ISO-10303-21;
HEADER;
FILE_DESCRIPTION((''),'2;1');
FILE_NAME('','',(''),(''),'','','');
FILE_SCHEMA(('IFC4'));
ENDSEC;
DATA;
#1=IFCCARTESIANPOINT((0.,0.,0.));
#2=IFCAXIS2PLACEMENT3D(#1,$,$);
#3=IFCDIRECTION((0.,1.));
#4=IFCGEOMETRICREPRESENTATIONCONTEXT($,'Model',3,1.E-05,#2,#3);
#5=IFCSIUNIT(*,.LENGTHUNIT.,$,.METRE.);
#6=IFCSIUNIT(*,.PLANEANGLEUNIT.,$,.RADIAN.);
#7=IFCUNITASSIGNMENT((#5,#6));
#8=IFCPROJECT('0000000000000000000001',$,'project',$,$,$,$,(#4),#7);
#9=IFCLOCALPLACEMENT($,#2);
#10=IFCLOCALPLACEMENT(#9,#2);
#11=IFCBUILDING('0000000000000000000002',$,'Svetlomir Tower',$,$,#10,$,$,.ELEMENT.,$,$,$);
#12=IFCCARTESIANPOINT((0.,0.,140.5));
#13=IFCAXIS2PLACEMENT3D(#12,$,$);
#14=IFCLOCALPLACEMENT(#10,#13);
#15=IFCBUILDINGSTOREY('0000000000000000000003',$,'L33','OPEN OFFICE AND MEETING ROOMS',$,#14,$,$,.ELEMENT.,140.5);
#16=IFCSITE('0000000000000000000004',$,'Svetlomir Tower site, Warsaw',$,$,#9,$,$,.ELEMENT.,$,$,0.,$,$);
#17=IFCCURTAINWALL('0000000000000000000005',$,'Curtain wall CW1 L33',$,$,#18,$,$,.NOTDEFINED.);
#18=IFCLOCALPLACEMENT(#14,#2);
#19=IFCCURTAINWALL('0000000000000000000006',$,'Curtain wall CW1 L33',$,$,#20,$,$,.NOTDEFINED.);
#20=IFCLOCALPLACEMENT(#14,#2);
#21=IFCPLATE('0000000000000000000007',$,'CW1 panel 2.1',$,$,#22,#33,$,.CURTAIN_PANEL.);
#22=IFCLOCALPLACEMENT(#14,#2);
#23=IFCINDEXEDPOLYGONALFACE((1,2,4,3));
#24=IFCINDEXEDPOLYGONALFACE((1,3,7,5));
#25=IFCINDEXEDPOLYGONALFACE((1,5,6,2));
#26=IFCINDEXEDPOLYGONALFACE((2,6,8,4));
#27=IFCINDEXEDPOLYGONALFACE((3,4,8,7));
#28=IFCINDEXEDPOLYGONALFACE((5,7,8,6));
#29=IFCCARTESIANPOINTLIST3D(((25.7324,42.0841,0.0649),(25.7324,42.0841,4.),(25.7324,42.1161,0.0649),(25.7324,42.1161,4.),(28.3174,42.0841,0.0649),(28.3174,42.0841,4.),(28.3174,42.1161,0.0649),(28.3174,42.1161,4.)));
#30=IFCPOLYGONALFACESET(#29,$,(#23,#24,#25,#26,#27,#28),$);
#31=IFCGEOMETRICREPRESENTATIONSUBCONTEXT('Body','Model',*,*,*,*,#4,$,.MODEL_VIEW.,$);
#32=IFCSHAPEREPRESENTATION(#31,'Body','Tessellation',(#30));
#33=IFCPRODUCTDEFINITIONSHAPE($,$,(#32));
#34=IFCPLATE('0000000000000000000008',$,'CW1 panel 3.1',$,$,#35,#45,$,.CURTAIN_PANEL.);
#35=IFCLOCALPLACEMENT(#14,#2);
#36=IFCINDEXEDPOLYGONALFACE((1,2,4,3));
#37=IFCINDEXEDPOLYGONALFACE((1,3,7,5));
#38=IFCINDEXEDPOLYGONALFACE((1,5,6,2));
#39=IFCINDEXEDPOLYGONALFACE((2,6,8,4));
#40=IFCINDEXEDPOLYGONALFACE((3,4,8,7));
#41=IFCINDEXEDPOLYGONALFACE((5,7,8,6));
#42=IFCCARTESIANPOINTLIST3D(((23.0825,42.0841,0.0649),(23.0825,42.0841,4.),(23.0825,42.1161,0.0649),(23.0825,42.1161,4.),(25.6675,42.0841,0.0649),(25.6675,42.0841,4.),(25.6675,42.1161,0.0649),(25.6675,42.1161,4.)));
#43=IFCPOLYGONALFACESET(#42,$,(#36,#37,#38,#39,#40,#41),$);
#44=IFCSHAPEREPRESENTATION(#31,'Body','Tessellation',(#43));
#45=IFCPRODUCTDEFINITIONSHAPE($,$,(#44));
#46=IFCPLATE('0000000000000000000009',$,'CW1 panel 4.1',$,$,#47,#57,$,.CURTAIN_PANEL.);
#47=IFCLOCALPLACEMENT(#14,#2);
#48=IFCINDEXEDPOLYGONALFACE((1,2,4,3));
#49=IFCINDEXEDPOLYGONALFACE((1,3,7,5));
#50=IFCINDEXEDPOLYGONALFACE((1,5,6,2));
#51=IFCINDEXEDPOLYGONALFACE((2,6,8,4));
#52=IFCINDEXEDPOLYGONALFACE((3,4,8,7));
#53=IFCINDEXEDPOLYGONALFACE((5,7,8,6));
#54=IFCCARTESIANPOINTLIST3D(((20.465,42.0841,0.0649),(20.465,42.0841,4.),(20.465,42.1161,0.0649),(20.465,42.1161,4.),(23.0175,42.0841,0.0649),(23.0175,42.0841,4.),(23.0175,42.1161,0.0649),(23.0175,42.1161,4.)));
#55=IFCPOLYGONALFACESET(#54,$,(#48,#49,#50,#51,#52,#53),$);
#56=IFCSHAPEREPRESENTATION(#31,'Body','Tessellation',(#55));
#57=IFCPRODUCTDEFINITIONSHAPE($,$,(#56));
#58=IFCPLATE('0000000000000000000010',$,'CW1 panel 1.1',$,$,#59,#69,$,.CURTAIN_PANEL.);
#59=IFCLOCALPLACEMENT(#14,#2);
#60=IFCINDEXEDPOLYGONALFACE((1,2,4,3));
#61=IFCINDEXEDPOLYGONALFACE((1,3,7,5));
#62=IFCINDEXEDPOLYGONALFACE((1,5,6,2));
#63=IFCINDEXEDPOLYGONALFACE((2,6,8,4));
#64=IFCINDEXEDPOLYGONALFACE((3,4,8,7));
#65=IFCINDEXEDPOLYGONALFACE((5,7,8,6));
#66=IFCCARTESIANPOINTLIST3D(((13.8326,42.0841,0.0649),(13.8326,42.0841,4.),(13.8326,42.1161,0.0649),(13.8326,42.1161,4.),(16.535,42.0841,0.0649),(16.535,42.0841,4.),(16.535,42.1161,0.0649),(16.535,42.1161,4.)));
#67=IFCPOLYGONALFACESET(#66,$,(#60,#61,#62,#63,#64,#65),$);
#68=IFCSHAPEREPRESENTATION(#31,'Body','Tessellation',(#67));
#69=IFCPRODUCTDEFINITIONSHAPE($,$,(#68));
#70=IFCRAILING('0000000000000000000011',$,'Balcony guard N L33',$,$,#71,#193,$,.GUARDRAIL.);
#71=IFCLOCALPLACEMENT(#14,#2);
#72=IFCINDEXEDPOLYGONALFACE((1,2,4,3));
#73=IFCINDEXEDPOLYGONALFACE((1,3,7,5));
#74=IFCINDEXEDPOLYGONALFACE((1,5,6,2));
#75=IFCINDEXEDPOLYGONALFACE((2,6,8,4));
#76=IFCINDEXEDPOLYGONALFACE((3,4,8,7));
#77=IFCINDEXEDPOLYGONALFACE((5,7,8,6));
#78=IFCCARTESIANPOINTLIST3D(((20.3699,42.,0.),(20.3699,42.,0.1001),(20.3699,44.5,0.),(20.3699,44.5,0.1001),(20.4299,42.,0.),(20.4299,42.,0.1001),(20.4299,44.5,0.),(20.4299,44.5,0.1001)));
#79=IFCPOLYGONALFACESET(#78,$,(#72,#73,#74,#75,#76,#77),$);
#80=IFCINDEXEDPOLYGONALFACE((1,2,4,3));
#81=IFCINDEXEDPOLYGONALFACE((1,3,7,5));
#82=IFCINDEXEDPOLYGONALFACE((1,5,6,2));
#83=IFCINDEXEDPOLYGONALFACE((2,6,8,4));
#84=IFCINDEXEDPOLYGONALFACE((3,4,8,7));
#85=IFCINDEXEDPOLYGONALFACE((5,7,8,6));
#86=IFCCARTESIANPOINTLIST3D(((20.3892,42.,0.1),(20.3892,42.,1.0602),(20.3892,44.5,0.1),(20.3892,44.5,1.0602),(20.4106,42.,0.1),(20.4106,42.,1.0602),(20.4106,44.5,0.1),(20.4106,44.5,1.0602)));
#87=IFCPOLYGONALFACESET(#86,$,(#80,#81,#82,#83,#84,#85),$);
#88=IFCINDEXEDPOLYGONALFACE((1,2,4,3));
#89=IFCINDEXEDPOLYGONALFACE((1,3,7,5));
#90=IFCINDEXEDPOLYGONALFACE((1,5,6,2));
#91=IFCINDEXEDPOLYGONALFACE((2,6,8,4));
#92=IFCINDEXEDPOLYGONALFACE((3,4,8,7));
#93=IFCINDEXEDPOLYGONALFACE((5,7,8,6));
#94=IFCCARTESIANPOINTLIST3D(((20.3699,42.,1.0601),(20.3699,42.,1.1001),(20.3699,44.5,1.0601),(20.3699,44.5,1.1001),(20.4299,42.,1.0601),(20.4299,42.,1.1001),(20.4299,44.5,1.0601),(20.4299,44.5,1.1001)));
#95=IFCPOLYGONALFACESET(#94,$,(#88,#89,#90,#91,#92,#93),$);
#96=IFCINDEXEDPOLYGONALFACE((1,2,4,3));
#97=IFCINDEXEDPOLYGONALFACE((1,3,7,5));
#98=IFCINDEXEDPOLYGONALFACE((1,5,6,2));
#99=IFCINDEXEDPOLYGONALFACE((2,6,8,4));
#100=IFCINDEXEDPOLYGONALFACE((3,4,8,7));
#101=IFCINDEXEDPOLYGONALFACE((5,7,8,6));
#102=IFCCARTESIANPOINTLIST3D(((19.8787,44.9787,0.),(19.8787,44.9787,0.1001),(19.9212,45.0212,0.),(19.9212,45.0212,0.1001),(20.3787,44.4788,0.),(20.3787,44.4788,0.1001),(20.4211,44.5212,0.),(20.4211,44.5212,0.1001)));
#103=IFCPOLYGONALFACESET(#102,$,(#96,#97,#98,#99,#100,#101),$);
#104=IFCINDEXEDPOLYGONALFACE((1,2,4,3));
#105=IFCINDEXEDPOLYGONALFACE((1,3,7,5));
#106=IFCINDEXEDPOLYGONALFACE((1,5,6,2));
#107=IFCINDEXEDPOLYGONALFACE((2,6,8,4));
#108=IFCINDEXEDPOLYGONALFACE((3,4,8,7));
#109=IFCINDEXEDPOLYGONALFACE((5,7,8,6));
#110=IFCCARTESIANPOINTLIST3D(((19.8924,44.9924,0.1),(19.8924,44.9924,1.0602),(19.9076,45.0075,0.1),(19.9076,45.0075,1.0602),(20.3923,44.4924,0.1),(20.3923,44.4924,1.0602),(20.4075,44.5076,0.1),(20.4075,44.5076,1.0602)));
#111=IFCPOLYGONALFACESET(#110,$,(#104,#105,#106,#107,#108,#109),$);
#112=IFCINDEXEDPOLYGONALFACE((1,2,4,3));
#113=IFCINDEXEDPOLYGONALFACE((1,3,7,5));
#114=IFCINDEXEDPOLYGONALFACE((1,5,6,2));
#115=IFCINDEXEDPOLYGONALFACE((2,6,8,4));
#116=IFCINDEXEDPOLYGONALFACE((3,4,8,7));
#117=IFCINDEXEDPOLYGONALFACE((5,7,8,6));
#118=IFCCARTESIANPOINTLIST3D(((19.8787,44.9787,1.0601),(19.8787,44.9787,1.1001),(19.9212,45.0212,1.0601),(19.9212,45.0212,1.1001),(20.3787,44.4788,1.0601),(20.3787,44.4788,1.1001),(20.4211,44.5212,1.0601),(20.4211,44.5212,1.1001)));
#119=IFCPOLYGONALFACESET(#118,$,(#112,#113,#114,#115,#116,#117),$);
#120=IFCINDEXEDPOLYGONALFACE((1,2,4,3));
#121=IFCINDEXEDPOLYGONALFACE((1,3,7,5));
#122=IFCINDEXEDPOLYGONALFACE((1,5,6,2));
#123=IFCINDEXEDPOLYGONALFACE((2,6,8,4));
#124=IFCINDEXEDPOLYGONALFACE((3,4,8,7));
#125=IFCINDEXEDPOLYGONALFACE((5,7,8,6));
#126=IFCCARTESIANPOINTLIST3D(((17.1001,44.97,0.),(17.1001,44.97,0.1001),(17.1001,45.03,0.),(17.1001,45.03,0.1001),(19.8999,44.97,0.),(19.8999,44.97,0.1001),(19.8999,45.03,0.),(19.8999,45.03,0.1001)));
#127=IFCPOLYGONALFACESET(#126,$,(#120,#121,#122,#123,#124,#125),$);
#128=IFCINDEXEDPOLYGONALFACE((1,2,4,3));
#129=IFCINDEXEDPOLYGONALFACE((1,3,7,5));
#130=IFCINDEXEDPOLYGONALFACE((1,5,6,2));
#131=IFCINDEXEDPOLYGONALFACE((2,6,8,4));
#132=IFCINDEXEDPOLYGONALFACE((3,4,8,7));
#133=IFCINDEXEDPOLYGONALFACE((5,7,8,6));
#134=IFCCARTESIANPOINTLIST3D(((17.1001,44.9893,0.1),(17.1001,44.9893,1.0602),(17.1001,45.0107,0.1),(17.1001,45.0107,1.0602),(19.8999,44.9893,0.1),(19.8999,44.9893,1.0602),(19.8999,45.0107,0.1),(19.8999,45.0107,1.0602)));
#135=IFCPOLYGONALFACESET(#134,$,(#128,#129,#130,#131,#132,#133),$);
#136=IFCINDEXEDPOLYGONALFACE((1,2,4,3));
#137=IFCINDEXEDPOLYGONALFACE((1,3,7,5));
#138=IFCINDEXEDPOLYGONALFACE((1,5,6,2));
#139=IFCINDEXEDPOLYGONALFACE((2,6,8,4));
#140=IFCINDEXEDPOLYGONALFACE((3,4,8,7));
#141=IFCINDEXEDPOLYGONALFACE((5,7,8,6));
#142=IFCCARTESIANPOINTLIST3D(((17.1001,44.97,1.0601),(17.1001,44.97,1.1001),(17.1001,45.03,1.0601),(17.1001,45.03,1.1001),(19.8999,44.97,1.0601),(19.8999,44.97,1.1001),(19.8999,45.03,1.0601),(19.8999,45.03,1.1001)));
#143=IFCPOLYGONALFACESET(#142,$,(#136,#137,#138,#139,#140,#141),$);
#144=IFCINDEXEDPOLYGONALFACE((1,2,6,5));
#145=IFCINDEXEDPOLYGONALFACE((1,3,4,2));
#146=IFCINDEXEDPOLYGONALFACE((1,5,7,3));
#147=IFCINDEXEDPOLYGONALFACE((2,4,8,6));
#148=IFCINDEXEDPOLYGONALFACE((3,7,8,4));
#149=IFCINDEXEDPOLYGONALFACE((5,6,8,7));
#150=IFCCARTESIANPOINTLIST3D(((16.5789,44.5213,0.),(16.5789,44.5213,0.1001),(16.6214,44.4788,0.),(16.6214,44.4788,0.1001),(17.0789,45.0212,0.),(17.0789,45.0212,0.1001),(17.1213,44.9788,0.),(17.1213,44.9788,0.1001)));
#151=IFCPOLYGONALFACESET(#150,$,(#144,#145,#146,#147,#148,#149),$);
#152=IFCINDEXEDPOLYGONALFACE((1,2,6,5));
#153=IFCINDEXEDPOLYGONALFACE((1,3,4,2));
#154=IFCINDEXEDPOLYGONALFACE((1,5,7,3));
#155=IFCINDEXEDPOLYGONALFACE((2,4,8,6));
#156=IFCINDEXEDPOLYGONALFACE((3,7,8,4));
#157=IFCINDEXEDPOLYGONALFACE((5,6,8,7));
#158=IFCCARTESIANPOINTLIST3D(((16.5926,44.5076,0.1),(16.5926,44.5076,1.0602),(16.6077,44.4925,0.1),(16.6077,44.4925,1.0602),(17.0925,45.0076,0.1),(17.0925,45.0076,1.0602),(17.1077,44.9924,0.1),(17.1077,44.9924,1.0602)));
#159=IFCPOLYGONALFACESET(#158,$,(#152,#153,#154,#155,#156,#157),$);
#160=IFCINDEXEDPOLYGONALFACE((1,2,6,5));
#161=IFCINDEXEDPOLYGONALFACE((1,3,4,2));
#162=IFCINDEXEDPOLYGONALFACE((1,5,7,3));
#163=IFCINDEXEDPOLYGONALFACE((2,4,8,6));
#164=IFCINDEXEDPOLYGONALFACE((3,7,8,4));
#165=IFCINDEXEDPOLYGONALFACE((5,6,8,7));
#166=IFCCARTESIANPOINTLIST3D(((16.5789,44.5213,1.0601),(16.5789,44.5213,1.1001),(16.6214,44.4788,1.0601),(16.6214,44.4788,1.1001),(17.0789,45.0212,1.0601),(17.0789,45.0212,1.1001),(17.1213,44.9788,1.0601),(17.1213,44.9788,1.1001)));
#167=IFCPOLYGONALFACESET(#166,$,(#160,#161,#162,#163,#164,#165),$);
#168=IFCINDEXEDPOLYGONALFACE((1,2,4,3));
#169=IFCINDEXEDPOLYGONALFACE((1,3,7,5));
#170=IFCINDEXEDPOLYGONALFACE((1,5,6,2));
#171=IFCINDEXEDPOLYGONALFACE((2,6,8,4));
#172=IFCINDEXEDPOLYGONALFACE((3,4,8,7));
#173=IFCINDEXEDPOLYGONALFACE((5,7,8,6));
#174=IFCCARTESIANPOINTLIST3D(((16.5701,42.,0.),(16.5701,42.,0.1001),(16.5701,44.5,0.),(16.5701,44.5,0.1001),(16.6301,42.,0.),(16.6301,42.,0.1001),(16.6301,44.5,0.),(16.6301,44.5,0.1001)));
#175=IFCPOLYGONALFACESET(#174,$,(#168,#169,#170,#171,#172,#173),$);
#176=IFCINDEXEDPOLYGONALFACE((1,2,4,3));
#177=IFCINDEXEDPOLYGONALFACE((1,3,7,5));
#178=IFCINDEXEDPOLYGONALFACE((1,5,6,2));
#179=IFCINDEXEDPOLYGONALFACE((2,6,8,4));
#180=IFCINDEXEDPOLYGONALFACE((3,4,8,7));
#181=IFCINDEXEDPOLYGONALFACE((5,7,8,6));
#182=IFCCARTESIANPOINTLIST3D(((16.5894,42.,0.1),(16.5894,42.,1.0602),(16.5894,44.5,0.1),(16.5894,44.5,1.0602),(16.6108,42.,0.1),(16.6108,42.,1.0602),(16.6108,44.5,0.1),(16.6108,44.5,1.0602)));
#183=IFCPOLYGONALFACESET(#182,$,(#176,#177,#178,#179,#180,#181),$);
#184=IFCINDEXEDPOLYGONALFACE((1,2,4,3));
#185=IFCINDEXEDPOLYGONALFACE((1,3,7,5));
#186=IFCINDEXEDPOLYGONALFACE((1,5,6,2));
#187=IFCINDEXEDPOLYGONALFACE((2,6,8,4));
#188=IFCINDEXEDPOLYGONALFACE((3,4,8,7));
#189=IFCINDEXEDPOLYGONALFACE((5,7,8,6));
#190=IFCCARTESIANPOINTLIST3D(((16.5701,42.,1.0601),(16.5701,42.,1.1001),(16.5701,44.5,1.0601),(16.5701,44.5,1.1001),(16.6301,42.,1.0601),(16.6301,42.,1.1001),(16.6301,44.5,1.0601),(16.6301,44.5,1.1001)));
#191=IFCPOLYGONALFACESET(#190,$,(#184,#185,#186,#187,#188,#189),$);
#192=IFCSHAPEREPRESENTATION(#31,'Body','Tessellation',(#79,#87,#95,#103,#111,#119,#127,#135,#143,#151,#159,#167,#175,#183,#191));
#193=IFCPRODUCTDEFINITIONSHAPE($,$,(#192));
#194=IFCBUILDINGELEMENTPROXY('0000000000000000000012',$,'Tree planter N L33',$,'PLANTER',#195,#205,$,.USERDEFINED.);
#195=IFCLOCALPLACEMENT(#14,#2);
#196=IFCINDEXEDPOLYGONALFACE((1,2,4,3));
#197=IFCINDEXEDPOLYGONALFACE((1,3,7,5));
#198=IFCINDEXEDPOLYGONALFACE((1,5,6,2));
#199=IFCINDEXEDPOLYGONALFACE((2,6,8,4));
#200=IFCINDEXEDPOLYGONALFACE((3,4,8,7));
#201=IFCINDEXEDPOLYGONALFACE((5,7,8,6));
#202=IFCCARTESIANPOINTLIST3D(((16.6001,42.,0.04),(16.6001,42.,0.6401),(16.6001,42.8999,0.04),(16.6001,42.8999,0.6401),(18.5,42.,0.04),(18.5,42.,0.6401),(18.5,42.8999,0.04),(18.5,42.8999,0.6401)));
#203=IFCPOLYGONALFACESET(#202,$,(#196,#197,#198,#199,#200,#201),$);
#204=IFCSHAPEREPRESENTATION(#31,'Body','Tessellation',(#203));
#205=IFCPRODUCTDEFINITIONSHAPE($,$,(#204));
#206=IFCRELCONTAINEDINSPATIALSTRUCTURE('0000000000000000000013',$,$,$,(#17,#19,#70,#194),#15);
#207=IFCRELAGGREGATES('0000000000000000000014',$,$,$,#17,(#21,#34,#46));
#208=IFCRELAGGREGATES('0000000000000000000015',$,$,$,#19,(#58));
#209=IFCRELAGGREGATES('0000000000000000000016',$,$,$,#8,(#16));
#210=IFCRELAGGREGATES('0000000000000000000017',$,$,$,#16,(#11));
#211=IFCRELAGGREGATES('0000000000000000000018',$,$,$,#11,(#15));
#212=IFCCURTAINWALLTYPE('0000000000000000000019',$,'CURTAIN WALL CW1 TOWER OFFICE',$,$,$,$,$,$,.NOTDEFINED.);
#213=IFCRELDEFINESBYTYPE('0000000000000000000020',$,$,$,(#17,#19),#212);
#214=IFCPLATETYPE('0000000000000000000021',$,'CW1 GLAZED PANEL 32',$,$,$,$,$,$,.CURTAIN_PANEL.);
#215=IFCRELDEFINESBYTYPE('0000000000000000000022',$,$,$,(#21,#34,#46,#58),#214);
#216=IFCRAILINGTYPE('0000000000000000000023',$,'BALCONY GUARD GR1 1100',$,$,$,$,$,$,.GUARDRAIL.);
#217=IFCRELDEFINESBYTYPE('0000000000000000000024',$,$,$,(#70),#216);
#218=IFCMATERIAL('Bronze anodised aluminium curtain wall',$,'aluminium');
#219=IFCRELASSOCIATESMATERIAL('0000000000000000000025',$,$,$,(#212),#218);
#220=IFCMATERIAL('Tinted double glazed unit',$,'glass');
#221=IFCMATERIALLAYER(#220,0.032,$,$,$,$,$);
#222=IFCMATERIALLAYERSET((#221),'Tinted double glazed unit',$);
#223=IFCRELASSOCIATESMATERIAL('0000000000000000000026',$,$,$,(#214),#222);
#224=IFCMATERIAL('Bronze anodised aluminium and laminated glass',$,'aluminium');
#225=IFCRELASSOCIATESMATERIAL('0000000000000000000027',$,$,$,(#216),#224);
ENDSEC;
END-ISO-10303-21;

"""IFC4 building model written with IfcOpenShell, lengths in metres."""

from ifc_helpers import new_model, si_unit, direction, frame, origin, origin_2d, place, context, subcontext, project, spatial, rectangle, extrude, material, layer, layer_set, type_object, element, aggregate, save


model = new_model("IFC4")

# Units and contexts
model_context = context("Model", 3, precision=1e-05, world=origin(), true_north=direction((0.0, 1.0)))
body_context = subcontext(model_context, "Body", "Model", "MODEL_VIEW")
ifc_project = project(units=[si_unit("LENGTHUNIT", "METRE"), si_unit("PLANEANGLEUNIT", "RADIAN")], contexts=[model_context])

# Site, building, storey
site_placement = place(None, origin())
site = spatial("IfcSite", under=ifc_project, at=site_placement, Name="Svetlomir Tower site, Warsaw", CompositionType="ELEMENT", RefElevation=0.0)
building_placement = place(site_placement, origin())
building = spatial("IfcBuilding", under=site, at=building_placement, Name="Svetlomir Tower", CompositionType="ELEMENT")
storey_placement = place(building_placement, frame((0.0, 0.0, 140.5)))
storey = spatial("IfcBuildingStorey", under=building, at=storey_placement, Name="L33", Description="OPEN OFFICE AND MEETING ROOMS", CompositionType="ELEMENT", Elevation=140.5)

# Curtain wall
ifc_material_1 = material(Name="Bronze anodised aluminium curtain wall", Category="aluminium")
curtain_wall_type = type_object("IfcCurtainWallType", Name="CURTAIN WALL CW1 TOWER OFFICE", PredefinedType="NOTDEFINED", material=ifc_material_1)
curtain_wall_1_placement = place(storey_placement, origin())
curtain_wall_1 = element("IfcCurtainWall", 1, at=curtain_wall_1_placement, inside=storey, type_object=curtain_wall_type, Name="Curtain wall CW1 L33", PredefinedType="NOTDEFINED")

# Curtain wall
curtain_wall_2_placement = place(storey_placement, origin())
curtain_wall_2 = element("IfcCurtainWall", 2, at=curtain_wall_2_placement, inside=storey, type_object=curtain_wall_type, Name="Curtain wall CW1 L33", PredefinedType="NOTDEFINED")

# Plates
ifc_material_2 = material(Name="Tinted double glazed unit", Category="glass")
ifc_layer_1 = layer(ifc_material_2, 0.032)
ifc_layer_set_1 = layer_set([ifc_layer_1], Name="Tinted double glazed unit")
plate_type = type_object("IfcPlateType", Name="CW1 GLAZED PANEL 32", PredefinedType="CURTAIN_PANEL", material=ifc_layer_set_1)
plate_1_placement = place(storey_placement, frame((27.0249, 42.1001, 0.0649), z_axis=(0.0, 0.0, 1.0), x_axis=(-1.0, 0.0, 0.0)))
plate_1 = element("IfcPlate", 3, at=plate_1_placement, type_object=plate_type, Name="CW1 panel 2.1", PredefinedType="CURTAIN_PANEL", context=body_context, shape_type="SweptSolid", body=[
    extrude(rectangle(XDim=2.585, YDim=0.032, at=origin_2d()), origin(), (0.0, 0.0, 1.0), 3.9351),
])
plate_2_placement = place(storey_placement, frame((24.375, 42.1001, 0.0649), z_axis=(0.0, 0.0, 1.0), x_axis=(-1.0, 0.0, 0.0)))
plate_2 = element("IfcPlate", 4, at=plate_2_placement, type_object=plate_type, Name="CW1 panel 3.1", PredefinedType="CURTAIN_PANEL", context=body_context, shape_type="SweptSolid", body=[
    extrude(rectangle(XDim=2.585, YDim=0.032, at=origin_2d()), origin(), (0.0, 0.0, 1.0), 3.9351),
])
plate_3_placement = place(storey_placement, frame((21.7412, 42.1001, 0.0649), z_axis=(0.0, 0.0, 1.0), x_axis=(-1.0, 0.0, 0.0)))
plate_3 = element("IfcPlate", 5, at=plate_3_placement, type_object=plate_type, Name="CW1 panel 4.1", PredefinedType="CURTAIN_PANEL", context=body_context, shape_type="SweptSolid", body=[
    extrude(rectangle(XDim=2.5525, YDim=0.032, at=origin_2d()), origin(), (0.0, 0.0, 1.0), 3.9351),
])
aggregate(curtain_wall_1, [plate_1, plate_2, plate_3])
plate_4_placement = place(storey_placement, frame((15.1838, 42.1001, 0.0649), z_axis=(0.0, 0.0, 1.0), x_axis=(-1.0, 0.0, 0.0)))
plate_4 = element("IfcPlate", 6, at=plate_4_placement, type_object=plate_type, Name="CW1 panel 1.1", PredefinedType="CURTAIN_PANEL", context=body_context, shape_type="SweptSolid", body=[
    extrude(rectangle(XDim=2.7024, YDim=0.032, at=origin_2d()), origin(), (0.0, 0.0, 1.0), 3.9351),
])
aggregate(curtain_wall_2, [plate_4])

# Railing
ifc_material_3 = material(Name="Bronze anodised aluminium and laminated glass", Category="aluminium")
railing_type = type_object("IfcRailingType", Name="BALCONY GUARD GR1 1100", PredefinedType="GUARDRAIL", material=ifc_material_3)
railing_placement = place(storey_placement, frame((20.3999, 42.0, 0.0)))
element("IfcRailing", 7, at=railing_placement, inside=storey, type_object=railing_type, Name="Balcony guard N L33", PredefinedType="GUARDRAIL", context=body_context, shape_type="SweptSolid", body=[
    extrude(rectangle(XDim=0.0601, YDim=0.1001, at=origin_2d()), frame((0.0, 0.0, 0.05), z_axis=(0.0, 1.0, 0.0), x_axis=(-1.0, 0.0, 0.0)), (0.0, 0.0, 1.0), 2.5),
    extrude(rectangle(XDim=0.0215, YDim=0.9602, at=origin_2d()), frame((0.0, 0.0, 0.5801), z_axis=(0.0, 1.0, 0.0), x_axis=(-1.0, 0.0, 0.0)), (0.0, 0.0, 1.0), 2.5),
    extrude(rectangle(XDim=0.0601, YDim=0.04, at=origin_2d()), frame((0.0, 0.0, 1.0801), z_axis=(0.0, 1.0, 0.0), x_axis=(-1.0, 0.0, 0.0)), (0.0, 0.0, 1.0), 2.5),
    extrude(rectangle(XDim=0.0601, YDim=0.1001, at=origin_2d()), frame((0.0, 2.5, 0.05), z_axis=(-0.707107, 0.707107, 0.0), x_axis=(-0.707107, -0.707107, 0.0)), (0.0, 0.0, 1.0), 0.707),
    extrude(rectangle(XDim=0.0215, YDim=0.9602, at=origin_2d()), frame((0.0, 2.5, 0.5801), z_axis=(-0.707107, 0.707107, 0.0), x_axis=(-0.707107, -0.707107, 0.0)), (0.0, 0.0, 1.0), 0.707),
    extrude(rectangle(XDim=0.0601, YDim=0.04, at=origin_2d()), frame((0.0, 2.5, 1.0801), z_axis=(-0.707107, 0.707107, 0.0), x_axis=(-0.707107, -0.707107, 0.0)), (0.0, 0.0, 1.0), 0.707),
    extrude(rectangle(XDim=0.0601, YDim=0.1001, at=origin_2d()), frame((-0.5, 3.0, 0.05), z_axis=(-1.0, 0.0, 0.0), x_axis=(0.0, -1.0, 0.0)), (0.0, 0.0, 1.0), 2.7998),
    extrude(rectangle(XDim=0.0215, YDim=0.9602, at=origin_2d()), frame((-0.5, 3.0, 0.5801), z_axis=(-1.0, 0.0, 0.0), x_axis=(0.0, -1.0, 0.0)), (0.0, 0.0, 1.0), 2.7998),
    extrude(rectangle(XDim=0.0601, YDim=0.04, at=origin_2d()), frame((-0.5, 3.0, 1.0801), z_axis=(-1.0, 0.0, 0.0), x_axis=(0.0, -1.0, 0.0)), (0.0, 0.0, 1.0), 2.7998),
    extrude(rectangle(XDim=0.0601, YDim=0.1001, at=origin_2d()), frame((-3.2998, 3.0, 0.05), z_axis=(-0.707107, -0.707107, 0.0), x_axis=(0.707107, -0.707107, 0.0)), (0.0, 0.0, 1.0), 0.707),
    extrude(rectangle(XDim=0.0215, YDim=0.9602, at=origin_2d()), frame((-3.2998, 3.0, 0.5801), z_axis=(-0.707107, -0.707107, 0.0), x_axis=(0.707107, -0.707107, 0.0)), (0.0, 0.0, 1.0), 0.707),
    extrude(rectangle(XDim=0.0601, YDim=0.04, at=origin_2d()), frame((-3.2998, 3.0, 1.0801), z_axis=(-0.707107, -0.707107, 0.0), x_axis=(0.707107, -0.707107, 0.0)), (0.0, 0.0, 1.0), 0.707),
    extrude(rectangle(XDim=0.0601, YDim=0.1001, at=origin_2d()), frame((-3.7998, 2.5, 0.05), z_axis=(0.0, -1.0, 0.0), x_axis=(1.0, 0.0, 0.0)), (0.0, 0.0, 1.0), 2.5),
    extrude(rectangle(XDim=0.0215, YDim=0.9602, at=origin_2d()), frame((-3.7998, 2.5, 0.5801), z_axis=(0.0, -1.0, 0.0), x_axis=(1.0, 0.0, 0.0)), (0.0, 0.0, 1.0), 2.5),
    extrude(rectangle(XDim=0.0601, YDim=0.04, at=origin_2d()), frame((-3.7998, 2.5, 1.0801), z_axis=(0.0, -1.0, 0.0), x_axis=(1.0, 0.0, 0.0)), (0.0, 0.0, 1.0), 2.5),
])

# Building element proxy
proxy_placement = place(storey_placement, frame((17.55, 42.45, 0.04), z_axis=(0.0, 0.0, 1.0), x_axis=(1.0, 0.0, 0.0)))
element("IfcBuildingElementProxy", 8, at=proxy_placement, inside=storey, Name="Tree planter N L33", ObjectType="PLANTER", PredefinedType="USERDEFINED", context=body_context, shape_type="SweptSolid", body=[
    extrude(rectangle(XDim=1.8999, YDim=0.8999, at=origin_2d()), origin(), (0.0, 0.0, 1.0), 0.6001),
])

save(model, "model.ifc")
